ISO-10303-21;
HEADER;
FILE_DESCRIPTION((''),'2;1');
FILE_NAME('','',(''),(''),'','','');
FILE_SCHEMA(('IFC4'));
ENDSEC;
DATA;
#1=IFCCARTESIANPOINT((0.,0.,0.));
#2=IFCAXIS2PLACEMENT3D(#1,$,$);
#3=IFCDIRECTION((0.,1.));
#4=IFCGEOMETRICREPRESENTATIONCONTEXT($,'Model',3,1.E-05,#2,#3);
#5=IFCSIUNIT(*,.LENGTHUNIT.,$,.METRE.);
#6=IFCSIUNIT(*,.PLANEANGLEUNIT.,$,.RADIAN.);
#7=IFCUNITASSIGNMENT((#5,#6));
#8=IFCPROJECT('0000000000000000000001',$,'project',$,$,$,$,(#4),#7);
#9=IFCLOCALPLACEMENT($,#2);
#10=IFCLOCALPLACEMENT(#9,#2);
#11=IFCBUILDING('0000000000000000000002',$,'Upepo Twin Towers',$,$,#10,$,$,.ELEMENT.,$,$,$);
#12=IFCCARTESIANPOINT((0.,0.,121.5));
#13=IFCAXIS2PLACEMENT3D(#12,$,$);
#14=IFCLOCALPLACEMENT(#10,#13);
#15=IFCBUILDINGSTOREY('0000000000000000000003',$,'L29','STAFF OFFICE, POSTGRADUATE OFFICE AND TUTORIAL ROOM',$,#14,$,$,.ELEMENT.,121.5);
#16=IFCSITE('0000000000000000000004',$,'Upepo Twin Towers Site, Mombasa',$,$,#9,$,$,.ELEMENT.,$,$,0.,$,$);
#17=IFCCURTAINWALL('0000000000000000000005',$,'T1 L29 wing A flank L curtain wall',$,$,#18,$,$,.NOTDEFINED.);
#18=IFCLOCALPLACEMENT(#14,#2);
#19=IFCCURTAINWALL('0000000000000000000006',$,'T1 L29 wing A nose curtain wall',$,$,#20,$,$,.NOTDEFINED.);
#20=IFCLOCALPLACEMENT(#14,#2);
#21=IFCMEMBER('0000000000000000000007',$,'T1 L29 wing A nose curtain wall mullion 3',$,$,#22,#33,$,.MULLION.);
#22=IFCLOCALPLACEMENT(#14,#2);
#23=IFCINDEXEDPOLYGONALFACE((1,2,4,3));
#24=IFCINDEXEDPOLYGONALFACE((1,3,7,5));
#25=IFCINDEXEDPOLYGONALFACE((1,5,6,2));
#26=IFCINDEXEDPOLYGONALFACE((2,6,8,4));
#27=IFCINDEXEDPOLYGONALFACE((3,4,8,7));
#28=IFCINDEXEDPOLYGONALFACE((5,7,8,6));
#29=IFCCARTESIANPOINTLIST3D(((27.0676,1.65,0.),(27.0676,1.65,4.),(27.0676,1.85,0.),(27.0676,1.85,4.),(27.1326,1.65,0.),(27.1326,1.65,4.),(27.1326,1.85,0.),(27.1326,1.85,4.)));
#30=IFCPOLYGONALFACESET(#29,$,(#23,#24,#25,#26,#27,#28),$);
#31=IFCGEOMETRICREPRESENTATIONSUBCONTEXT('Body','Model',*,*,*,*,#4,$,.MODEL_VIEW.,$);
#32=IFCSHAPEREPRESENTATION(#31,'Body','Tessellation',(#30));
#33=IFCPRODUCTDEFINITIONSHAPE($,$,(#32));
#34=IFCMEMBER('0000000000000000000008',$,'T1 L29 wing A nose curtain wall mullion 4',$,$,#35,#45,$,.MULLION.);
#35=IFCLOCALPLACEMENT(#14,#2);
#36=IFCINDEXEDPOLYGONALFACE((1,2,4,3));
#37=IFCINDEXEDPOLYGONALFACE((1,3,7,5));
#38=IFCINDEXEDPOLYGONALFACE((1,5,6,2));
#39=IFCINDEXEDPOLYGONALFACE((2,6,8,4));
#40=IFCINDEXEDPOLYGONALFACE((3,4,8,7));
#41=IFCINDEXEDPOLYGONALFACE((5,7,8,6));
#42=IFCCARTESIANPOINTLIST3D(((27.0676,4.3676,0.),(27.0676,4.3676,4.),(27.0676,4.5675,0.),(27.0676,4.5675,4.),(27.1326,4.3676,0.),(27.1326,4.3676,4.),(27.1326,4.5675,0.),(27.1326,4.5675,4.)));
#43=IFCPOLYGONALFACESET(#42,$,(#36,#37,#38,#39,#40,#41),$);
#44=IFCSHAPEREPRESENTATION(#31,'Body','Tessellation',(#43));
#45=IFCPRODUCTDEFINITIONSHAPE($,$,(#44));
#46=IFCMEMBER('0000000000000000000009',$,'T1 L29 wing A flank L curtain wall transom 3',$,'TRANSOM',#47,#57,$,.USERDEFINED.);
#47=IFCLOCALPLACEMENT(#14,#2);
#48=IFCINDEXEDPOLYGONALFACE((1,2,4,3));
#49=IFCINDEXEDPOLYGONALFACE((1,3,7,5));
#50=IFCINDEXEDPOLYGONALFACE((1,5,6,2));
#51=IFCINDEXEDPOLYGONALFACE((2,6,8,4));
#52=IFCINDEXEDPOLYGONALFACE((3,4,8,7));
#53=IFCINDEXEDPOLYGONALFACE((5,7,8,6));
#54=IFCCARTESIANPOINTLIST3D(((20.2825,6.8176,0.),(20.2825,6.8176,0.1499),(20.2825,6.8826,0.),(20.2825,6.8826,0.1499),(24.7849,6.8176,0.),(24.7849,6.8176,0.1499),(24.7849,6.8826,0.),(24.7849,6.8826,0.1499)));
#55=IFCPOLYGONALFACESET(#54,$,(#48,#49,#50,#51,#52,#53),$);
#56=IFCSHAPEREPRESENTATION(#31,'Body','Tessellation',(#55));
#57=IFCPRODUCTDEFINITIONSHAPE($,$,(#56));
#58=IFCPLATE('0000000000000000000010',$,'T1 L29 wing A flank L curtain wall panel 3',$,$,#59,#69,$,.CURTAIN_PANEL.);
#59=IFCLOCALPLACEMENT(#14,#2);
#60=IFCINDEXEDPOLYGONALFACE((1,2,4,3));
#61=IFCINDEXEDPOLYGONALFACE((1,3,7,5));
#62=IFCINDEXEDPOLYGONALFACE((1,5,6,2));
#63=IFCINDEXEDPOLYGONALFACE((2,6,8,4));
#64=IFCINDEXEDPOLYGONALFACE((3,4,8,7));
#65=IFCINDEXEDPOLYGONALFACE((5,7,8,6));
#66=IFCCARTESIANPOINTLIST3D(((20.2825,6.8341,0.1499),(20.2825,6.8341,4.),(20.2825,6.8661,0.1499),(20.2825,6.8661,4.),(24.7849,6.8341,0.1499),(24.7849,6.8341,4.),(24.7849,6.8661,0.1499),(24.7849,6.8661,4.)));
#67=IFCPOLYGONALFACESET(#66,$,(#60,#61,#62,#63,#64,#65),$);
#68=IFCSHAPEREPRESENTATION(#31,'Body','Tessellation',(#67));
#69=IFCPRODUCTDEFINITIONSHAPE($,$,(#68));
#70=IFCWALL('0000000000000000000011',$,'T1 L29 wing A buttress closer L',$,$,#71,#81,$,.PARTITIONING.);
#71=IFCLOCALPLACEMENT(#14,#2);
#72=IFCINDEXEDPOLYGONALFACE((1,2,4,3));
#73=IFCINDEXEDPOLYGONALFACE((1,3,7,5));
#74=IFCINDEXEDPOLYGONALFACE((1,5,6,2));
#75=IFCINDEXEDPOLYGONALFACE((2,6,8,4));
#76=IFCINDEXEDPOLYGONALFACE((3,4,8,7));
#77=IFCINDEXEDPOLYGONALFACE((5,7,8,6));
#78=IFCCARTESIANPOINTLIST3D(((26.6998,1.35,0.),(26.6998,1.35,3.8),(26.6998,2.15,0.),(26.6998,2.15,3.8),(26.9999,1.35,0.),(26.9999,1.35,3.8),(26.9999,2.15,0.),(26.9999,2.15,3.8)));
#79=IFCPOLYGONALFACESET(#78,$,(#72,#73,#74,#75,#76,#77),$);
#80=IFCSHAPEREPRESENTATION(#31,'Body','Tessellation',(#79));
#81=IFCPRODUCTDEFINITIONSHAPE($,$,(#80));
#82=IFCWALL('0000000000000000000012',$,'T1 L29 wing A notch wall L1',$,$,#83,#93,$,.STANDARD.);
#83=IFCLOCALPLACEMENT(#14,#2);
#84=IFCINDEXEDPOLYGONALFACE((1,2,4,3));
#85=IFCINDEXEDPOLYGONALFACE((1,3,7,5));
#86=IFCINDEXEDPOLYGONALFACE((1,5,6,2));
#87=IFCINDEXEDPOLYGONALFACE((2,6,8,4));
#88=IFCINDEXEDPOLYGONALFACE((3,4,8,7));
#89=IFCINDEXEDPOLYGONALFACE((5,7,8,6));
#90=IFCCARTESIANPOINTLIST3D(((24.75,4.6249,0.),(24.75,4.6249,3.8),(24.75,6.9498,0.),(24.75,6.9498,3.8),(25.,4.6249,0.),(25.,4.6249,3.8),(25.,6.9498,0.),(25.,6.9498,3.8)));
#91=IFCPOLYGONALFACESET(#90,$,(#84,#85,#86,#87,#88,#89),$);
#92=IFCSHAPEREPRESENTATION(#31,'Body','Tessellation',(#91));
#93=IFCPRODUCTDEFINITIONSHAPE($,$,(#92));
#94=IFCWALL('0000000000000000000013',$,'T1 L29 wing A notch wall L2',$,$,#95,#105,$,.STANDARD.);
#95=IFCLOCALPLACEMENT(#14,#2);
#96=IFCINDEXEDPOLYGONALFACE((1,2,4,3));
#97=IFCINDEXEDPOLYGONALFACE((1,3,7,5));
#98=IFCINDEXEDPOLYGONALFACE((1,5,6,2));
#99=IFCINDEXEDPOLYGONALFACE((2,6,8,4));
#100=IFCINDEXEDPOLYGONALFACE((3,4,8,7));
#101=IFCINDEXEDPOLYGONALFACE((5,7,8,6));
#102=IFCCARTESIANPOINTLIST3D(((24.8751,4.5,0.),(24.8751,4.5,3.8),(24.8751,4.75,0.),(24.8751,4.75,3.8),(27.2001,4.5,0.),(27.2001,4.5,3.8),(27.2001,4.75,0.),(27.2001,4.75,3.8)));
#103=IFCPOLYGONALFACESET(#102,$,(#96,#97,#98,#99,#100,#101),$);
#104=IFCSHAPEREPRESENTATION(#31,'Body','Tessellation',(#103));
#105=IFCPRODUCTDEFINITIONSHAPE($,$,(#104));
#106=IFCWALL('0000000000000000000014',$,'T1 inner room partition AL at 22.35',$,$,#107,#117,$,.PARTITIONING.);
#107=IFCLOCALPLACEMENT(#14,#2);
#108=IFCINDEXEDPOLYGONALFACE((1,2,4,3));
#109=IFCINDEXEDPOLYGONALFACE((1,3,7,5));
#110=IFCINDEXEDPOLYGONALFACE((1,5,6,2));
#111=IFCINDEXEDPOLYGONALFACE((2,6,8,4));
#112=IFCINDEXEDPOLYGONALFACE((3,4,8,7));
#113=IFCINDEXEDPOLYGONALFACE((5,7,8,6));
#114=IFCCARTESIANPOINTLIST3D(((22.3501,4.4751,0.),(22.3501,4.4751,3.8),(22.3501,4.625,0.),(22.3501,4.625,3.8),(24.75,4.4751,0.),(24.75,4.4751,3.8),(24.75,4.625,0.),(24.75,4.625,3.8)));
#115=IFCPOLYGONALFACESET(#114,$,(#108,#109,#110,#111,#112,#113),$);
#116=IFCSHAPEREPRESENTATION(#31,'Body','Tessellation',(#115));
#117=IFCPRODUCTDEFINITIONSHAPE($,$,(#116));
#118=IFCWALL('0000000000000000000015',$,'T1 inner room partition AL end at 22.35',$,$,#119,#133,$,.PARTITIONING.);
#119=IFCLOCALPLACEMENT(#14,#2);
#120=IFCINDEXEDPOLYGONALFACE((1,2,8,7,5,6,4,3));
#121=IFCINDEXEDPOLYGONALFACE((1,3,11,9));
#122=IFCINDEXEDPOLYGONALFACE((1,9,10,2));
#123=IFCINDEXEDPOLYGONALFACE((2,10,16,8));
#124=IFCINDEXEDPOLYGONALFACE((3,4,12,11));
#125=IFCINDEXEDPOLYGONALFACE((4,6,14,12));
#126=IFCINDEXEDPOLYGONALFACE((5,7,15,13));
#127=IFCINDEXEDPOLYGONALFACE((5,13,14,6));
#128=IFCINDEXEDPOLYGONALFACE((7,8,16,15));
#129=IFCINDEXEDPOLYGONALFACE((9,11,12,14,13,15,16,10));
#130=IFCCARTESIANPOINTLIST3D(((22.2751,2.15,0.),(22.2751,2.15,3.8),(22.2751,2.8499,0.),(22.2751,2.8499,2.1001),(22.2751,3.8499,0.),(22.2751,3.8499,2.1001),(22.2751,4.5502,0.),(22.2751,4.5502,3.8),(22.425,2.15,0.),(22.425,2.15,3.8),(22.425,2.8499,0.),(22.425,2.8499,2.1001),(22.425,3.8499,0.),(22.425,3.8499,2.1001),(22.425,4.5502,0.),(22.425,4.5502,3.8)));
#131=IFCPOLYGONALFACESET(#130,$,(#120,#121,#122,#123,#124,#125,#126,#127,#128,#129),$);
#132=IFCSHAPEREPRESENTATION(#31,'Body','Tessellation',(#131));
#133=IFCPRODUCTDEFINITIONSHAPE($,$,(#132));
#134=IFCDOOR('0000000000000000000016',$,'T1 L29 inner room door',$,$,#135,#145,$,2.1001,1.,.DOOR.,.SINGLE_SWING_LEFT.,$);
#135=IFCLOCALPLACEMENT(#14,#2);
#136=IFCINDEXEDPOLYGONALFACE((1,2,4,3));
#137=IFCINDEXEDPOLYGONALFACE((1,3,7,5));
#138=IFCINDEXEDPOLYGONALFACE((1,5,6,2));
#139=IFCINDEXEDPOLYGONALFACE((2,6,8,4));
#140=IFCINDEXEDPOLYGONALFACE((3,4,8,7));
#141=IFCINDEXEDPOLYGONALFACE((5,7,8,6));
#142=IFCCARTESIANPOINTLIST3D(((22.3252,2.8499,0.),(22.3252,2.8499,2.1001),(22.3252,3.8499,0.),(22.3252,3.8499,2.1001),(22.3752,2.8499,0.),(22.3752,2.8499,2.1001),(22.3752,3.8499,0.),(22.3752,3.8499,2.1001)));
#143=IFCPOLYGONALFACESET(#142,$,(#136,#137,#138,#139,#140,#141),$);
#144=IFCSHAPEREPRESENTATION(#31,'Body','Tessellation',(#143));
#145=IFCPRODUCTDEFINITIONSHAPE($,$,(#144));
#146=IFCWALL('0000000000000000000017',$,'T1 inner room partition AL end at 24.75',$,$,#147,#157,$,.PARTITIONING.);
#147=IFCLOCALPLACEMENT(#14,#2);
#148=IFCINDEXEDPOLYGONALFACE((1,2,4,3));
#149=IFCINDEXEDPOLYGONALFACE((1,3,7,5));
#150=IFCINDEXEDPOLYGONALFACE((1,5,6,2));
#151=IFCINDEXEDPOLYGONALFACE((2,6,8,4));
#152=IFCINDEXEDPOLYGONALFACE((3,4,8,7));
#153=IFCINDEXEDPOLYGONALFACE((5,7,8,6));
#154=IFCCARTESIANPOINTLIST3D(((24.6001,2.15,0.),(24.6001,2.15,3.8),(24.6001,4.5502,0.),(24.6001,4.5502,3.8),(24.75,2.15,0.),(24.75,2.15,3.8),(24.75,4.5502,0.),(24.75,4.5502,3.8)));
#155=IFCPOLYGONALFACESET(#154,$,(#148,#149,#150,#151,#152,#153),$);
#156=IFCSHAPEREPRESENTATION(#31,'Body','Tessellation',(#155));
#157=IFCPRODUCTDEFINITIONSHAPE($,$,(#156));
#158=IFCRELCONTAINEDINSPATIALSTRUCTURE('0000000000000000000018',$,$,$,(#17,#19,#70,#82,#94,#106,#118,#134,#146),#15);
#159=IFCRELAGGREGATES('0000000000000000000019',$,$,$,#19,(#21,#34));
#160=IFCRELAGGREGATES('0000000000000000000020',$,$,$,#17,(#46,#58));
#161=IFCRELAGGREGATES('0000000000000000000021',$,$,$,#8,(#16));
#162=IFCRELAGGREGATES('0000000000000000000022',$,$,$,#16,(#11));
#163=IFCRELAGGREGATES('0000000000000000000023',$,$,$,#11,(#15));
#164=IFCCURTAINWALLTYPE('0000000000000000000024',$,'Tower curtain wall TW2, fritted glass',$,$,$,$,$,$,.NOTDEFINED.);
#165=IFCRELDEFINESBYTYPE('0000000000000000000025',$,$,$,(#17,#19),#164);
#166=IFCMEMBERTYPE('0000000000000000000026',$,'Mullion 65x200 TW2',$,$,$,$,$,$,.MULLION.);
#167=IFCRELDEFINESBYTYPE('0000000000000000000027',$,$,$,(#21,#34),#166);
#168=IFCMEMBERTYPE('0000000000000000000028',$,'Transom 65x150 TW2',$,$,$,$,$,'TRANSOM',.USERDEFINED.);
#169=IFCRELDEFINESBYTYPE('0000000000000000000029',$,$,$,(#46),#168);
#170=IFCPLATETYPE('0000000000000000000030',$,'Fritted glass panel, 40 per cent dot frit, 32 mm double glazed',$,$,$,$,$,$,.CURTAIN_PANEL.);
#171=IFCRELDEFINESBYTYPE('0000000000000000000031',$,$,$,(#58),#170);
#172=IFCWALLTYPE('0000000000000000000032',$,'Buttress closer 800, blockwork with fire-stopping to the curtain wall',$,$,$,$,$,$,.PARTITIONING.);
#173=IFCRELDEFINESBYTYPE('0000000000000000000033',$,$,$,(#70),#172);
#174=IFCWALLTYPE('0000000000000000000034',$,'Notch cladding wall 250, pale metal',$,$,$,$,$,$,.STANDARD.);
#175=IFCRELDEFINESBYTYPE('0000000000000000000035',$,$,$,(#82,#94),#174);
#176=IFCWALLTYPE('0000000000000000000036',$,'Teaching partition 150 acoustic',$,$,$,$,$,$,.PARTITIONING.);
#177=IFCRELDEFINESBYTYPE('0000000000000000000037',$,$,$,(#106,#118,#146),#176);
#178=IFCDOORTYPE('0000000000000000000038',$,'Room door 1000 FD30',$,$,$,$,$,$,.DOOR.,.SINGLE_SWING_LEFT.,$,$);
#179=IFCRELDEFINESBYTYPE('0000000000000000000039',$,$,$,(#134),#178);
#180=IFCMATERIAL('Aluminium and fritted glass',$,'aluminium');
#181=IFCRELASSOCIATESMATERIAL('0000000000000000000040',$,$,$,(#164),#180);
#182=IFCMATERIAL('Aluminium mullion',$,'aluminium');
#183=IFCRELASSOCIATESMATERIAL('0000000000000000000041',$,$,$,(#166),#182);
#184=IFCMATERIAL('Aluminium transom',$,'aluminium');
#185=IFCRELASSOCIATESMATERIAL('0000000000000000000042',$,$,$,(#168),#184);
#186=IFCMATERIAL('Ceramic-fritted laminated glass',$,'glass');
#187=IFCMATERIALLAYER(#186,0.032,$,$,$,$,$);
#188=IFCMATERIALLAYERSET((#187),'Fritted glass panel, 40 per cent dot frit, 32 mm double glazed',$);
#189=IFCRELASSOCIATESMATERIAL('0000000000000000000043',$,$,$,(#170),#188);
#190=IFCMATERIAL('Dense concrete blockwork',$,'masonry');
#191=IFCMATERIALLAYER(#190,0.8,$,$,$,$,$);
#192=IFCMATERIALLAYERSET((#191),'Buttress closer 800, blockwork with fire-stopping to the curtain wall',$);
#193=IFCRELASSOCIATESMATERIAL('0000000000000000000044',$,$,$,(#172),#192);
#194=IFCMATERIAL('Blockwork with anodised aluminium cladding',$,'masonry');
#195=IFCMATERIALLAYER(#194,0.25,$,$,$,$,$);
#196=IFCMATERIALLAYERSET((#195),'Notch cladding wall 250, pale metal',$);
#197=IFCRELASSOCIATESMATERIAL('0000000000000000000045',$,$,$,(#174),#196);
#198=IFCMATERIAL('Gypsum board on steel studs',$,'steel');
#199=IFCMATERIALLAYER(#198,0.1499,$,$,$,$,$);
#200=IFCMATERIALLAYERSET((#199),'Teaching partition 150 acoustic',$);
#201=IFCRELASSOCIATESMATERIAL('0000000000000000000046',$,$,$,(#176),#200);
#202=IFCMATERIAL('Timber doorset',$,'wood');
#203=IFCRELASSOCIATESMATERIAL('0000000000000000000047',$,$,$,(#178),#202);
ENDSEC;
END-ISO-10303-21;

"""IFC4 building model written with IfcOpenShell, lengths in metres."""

from ifc_helpers import new_model, si_unit, direction, frame, frame_2d, origin, origin_2d, place, context, subcontext, project, spatial, rectangle, extrude, material, layer, layer_set, material_profile, profile_set, type_object, element, fill, aggregate, save


model = new_model("IFC4")

# Units and contexts
model_context = context("Model", 3, precision=1e-05, world=origin(), true_north=direction((0.0, 1.0)))
body_context = subcontext(model_context, "Body", "Model", "MODEL_VIEW")
ifc_project = project(units=[si_unit("LENGTHUNIT", "METRE"), si_unit("PLANEANGLEUNIT", "RADIAN")], contexts=[model_context])

# Site, building, storey
site_placement = place(None, origin())
site = spatial("IfcSite", under=ifc_project, at=site_placement, Name="Upepo Twin Towers Site, Mombasa", CompositionType="ELEMENT", RefElevation=0.0)
building_placement = place(site_placement, origin())
building = spatial("IfcBuilding", under=site, at=building_placement, Name="Upepo Twin Towers", CompositionType="ELEMENT")
storey_placement = place(building_placement, frame((0.0, 0.0, 121.5)))
storey = spatial("IfcBuildingStorey", under=building, at=storey_placement, Name="L29", Description="STAFF OFFICE, POSTGRADUATE OFFICE AND TUTORIAL ROOM", CompositionType="ELEMENT", Elevation=121.5)

# Curtain wall
ifc_material_1 = material(Name="Aluminium and fritted glass", Category="aluminium")
curtain_wall_type = type_object("IfcCurtainWallType", Name="Tower curtain wall TW2, fritted glass", PredefinedType="NOTDEFINED", material=ifc_material_1)
curtain_wall_1_placement = place(storey_placement, origin())
curtain_wall_1 = element("IfcCurtainWall", 1, at=curtain_wall_1_placement, inside=storey, type_object=curtain_wall_type, Name="T1 L29 wing A flank L curtain wall", PredefinedType="NOTDEFINED")
ifc_material_2 = material(Name="Aluminium mullion", Category="aluminium")
ifc_material_profile_1 = material_profile(ifc_material_2, rectangle(XDim=0.0649, YDim=0.2, at=origin_2d()), Name="MULLION 65x200")
ifc_profile_set_1 = profile_set([ifc_material_profile_1], Name="Aluminium mullion")
member_type_1 = type_object("IfcMemberType", Name="Mullion 65x200 TW2", PredefinedType="MULLION", material=ifc_profile_set_1)

# Curtain wall, members
curtain_wall_2_placement = place(storey_placement, origin())
curtain_wall_2 = element("IfcCurtainWall", 2, at=curtain_wall_2_placement, inside=storey, type_object=curtain_wall_type, Name="T1 L29 wing A nose curtain wall", PredefinedType="NOTDEFINED")
member_1_placement = place(storey_placement, frame((27.1001, 1.75, 0.0), z_axis=(0.0, 0.0, 1.0), x_axis=(-1.0, 0.0, 0.0)))
member_1 = element("IfcMember", 3, at=member_1_placement, type_object=member_type_1, Name="T1 L29 wing A nose curtain wall mullion 3", PredefinedType="MULLION", context=body_context, shape_type="SweptSolid", body=[
    extrude(rectangle(XDim=0.0649, YDim=0.2, at=origin_2d()), origin(), (0.0, 0.0, 1.0), 4.0),
])
member_2_placement = place(storey_placement, frame((27.1001, 4.4675, 0.0), z_axis=(0.0, 0.0, 1.0), x_axis=(-1.0, 0.0, 0.0)))
member_2 = element("IfcMember", 4, at=member_2_placement, type_object=member_type_1, Name="T1 L29 wing A nose curtain wall mullion 4", PredefinedType="MULLION", context=body_context, shape_type="SweptSolid", body=[
    extrude(rectangle(XDim=0.0649, YDim=0.2, at=origin_2d()), origin(), (0.0, 0.0, 1.0), 4.0),
])
aggregate(curtain_wall_2, [member_1, member_2])

# Member
ifc_material_3 = material(Name="Aluminium transom", Category="aluminium")
ifc_material_profile_2 = material_profile(ifc_material_3, rectangle(XDim=0.0649, YDim=0.1499, at=origin_2d()), Name="TRANSOM 65x150")
ifc_profile_set_2 = profile_set([ifc_material_profile_2], Name="Aluminium transom")
member_type_2 = type_object("IfcMemberType", Name="Transom 65x150 TW2", ElementType="TRANSOM", PredefinedType="USERDEFINED", material=ifc_profile_set_2)
member_3_placement = place(storey_placement, frame((20.2825, 6.8501, 0.075), z_axis=(1.0, 0.0, 0.0), x_axis=(0.0, 1.0, 0.0)))
member_3 = element("IfcMember", 5, at=member_3_placement, type_object=member_type_2, Name="T1 L29 wing A flank L curtain wall transom 3", ObjectType="TRANSOM", PredefinedType="USERDEFINED", context=body_context, shape_type="SweptSolid", body=[
    extrude(rectangle(XDim=0.0649, YDim=0.1499, at=origin_2d()), origin(), (0.0, 0.0, 1.0), 4.5024),
])

# Plate
ifc_material_4 = material(Name="Ceramic-fritted laminated glass", Category="glass")
ifc_layer_1 = layer(ifc_material_4, 0.032)
ifc_layer_set_1 = layer_set([ifc_layer_1], Name="Fritted glass panel, 40 per cent dot frit, 32 mm double glazed")
plate_type = type_object("IfcPlateType", Name="Fritted glass panel, 40 per cent dot frit, 32 mm double glazed", PredefinedType="CURTAIN_PANEL", material=ifc_layer_set_1)
plate_placement = place(storey_placement, frame((22.5337, 6.8501, 0.1499), z_axis=(0.0, 0.0, 1.0), x_axis=(1.0, 0.0, 0.0)))
plate = element("IfcPlate", 6, at=plate_placement, type_object=plate_type, Name="T1 L29 wing A flank L curtain wall panel 3", PredefinedType="CURTAIN_PANEL", context=body_context, shape_type="SweptSolid", body=[
    extrude(rectangle(XDim=4.5024, YDim=0.032, at=origin_2d()), origin(), (0.0, 0.0, 1.0), 3.8501),
])
aggregate(curtain_wall_1, [member_3, plate])

# Walls
ifc_material_5 = material(Name="Dense concrete blockwork", Category="masonry")
ifc_layer_2 = layer(ifc_material_5, 0.8)
ifc_layer_set_2 = layer_set([ifc_layer_2], Name="Buttress closer 800, blockwork with fire-stopping to the curtain wall")
wall_type_1 = type_object("IfcWallType", Name="Buttress closer 800, blockwork with fire-stopping to the curtain wall", PredefinedType="PARTITIONING", material=ifc_layer_set_2)
wall_1_placement = place(storey_placement, frame((26.7, 1.75, 0.0), z_axis=(0.0, 0.0, 1.0), x_axis=(1.0, 0.0, 0.0)))
element("IfcWall", 7, at=wall_1_placement, inside=storey, type_object=wall_type_1, Name="T1 L29 wing A buttress closer L", PredefinedType="PARTITIONING", context=body_context, shape_type="SweptSolid", body=[
    extrude(rectangle(XDim=0.3, YDim=0.8, at=frame_2d((0.1499, 0.0))), origin(), (0.0, 0.0, 1.0), 3.8),
])
ifc_material_6 = material(Name="Blockwork with anodised aluminium cladding", Category="masonry")
ifc_layer_3 = layer(ifc_material_6, 0.25)
ifc_layer_set_3 = layer_set([ifc_layer_3], Name="Notch cladding wall 250, pale metal")
wall_type_2 = type_object("IfcWallType", Name="Notch cladding wall 250, pale metal", PredefinedType="STANDARD", material=ifc_layer_set_3)
for number, where, z_axis, x_axis, name in (
    (8, (24.875, 6.95, 0.0), (0.0, 0.0, 1.0), (0.0, -1.0, 0.0), "T1 L29 wing A notch wall L1"),
    (9, (24.875, 4.625, 0.0), (0.0, 0.0, 1.0), (1.0, 0.0, 0.0), "T1 L29 wing A notch wall L2"),
):
    element("IfcWall", number, at=place(storey_placement, frame(where, z_axis=z_axis, x_axis=x_axis)), inside=storey, type_object=wall_type_2, Name=name, PredefinedType="STANDARD", context=body_context, shape_type="SweptSolid", body=[
        extrude(rectangle(XDim=2.325, YDim=0.25, at=frame_2d((1.1626, 0.0))), origin(), (0.0, 0.0, 1.0), 3.8),
    ])
ifc_material_7 = material(Name="Gypsum board on steel studs", Category="steel")
ifc_layer_4 = layer(ifc_material_7, 0.1499)
ifc_layer_set_4 = layer_set([ifc_layer_4], Name="Teaching partition 150 acoustic")
wall_type_3 = type_object("IfcWallType", Name="Teaching partition 150 acoustic", PredefinedType="PARTITIONING", material=ifc_layer_set_4)
wall_2_placement = place(storey_placement, frame((22.3501, 4.55, 0.0), z_axis=(0.0, 0.0, 1.0), x_axis=(1.0, 0.0, 0.0)))
element("IfcWall", 10, at=wall_2_placement, inside=storey, type_object=wall_type_3, Name="T1 inner room partition AL at 22.35", PredefinedType="PARTITIONING", context=body_context, shape_type="SweptSolid", body=[
    extrude(rectangle(XDim=2.3999, YDim=0.1499, at=frame_2d((1.2, 0.0))), origin(), (0.0, 0.0, 1.0), 3.8),
])

# Wall, opening, door
wall_3_placement = place(storey_placement, frame((22.3501, 2.1499, 0.0), z_axis=(0.0, 0.0, 1.0), x_axis=(0.0, 1.0, 0.0)))
wall_3 = element("IfcWall", 11, at=wall_3_placement, inside=storey, type_object=wall_type_3, Name="T1 inner room partition AL end at 22.35", PredefinedType="PARTITIONING", context=body_context, shape_type="SweptSolid", body=[
    extrude(rectangle(XDim=2.4001, YDim=0.1499, at=frame_2d((1.2002, 0.0))), origin(), (0.0, 0.0, 1.0), 3.8),
])
opening_placement = place(wall_3_placement, frame((0.7, 0.0, 0.0)))
opening = element("IfcOpeningElement", 12, at=opening_placement, cuts=wall_3, PredefinedType="OPENING", context=body_context, shape_type="SweptSolid", body=[
    extrude(rectangle(XDim=1.0, YDim=2.1001, at=frame_2d((0.5, 1.05))), frame((0.0, 0.085, 0.0), z_axis=(0.0, -1.0, 0.0), x_axis=(1.0, 0.0, 0.0)), (0.0, 0.0, 1.0), 0.1699),
])
ifc_material_8 = material(Name="Timber doorset", Category="wood")
door_type = type_object("IfcDoorType", Name="Room door 1000 FD30", OperationType="SINGLE_SWING_LEFT", PredefinedType="DOOR", material=ifc_material_8)
door_placement = place(opening_placement, origin())
door = element("IfcDoor", 13, at=door_placement, inside=storey, type_object=door_type, Name="T1 L29 inner room door", OperationType="SINGLE_SWING_LEFT", OverallHeight=2.1001, OverallWidth=1.0, PredefinedType="DOOR", context=body_context, shape_type="SweptSolid", body=[
    extrude(rectangle(XDim=1.0, YDim=2.1001, at=frame_2d((0.5, 1.05))), frame((0.0, 0.0249, 0.0), z_axis=(0.0, -1.0, 0.0), x_axis=(1.0, 0.0, 0.0)), (0.0, 0.0, 1.0), 0.05),
])
fill(opening, door)

# Wall
wall_4_placement = place(storey_placement, frame((24.675, 2.1499, 0.0), z_axis=(0.0, 0.0, 1.0), x_axis=(0.0, 1.0, 0.0)))
element("IfcWall", 14, at=wall_4_placement, inside=storey, type_object=wall_type_3, Name="T1 inner room partition AL end at 24.75", PredefinedType="PARTITIONING", context=body_context, shape_type="SweptSolid", body=[
    extrude(rectangle(XDim=2.4001, YDim=0.1499, at=frame_2d((1.2002, 0.0))), origin(), (0.0, 0.0, 1.0), 3.8),
])

save(model, "model.ifc")
